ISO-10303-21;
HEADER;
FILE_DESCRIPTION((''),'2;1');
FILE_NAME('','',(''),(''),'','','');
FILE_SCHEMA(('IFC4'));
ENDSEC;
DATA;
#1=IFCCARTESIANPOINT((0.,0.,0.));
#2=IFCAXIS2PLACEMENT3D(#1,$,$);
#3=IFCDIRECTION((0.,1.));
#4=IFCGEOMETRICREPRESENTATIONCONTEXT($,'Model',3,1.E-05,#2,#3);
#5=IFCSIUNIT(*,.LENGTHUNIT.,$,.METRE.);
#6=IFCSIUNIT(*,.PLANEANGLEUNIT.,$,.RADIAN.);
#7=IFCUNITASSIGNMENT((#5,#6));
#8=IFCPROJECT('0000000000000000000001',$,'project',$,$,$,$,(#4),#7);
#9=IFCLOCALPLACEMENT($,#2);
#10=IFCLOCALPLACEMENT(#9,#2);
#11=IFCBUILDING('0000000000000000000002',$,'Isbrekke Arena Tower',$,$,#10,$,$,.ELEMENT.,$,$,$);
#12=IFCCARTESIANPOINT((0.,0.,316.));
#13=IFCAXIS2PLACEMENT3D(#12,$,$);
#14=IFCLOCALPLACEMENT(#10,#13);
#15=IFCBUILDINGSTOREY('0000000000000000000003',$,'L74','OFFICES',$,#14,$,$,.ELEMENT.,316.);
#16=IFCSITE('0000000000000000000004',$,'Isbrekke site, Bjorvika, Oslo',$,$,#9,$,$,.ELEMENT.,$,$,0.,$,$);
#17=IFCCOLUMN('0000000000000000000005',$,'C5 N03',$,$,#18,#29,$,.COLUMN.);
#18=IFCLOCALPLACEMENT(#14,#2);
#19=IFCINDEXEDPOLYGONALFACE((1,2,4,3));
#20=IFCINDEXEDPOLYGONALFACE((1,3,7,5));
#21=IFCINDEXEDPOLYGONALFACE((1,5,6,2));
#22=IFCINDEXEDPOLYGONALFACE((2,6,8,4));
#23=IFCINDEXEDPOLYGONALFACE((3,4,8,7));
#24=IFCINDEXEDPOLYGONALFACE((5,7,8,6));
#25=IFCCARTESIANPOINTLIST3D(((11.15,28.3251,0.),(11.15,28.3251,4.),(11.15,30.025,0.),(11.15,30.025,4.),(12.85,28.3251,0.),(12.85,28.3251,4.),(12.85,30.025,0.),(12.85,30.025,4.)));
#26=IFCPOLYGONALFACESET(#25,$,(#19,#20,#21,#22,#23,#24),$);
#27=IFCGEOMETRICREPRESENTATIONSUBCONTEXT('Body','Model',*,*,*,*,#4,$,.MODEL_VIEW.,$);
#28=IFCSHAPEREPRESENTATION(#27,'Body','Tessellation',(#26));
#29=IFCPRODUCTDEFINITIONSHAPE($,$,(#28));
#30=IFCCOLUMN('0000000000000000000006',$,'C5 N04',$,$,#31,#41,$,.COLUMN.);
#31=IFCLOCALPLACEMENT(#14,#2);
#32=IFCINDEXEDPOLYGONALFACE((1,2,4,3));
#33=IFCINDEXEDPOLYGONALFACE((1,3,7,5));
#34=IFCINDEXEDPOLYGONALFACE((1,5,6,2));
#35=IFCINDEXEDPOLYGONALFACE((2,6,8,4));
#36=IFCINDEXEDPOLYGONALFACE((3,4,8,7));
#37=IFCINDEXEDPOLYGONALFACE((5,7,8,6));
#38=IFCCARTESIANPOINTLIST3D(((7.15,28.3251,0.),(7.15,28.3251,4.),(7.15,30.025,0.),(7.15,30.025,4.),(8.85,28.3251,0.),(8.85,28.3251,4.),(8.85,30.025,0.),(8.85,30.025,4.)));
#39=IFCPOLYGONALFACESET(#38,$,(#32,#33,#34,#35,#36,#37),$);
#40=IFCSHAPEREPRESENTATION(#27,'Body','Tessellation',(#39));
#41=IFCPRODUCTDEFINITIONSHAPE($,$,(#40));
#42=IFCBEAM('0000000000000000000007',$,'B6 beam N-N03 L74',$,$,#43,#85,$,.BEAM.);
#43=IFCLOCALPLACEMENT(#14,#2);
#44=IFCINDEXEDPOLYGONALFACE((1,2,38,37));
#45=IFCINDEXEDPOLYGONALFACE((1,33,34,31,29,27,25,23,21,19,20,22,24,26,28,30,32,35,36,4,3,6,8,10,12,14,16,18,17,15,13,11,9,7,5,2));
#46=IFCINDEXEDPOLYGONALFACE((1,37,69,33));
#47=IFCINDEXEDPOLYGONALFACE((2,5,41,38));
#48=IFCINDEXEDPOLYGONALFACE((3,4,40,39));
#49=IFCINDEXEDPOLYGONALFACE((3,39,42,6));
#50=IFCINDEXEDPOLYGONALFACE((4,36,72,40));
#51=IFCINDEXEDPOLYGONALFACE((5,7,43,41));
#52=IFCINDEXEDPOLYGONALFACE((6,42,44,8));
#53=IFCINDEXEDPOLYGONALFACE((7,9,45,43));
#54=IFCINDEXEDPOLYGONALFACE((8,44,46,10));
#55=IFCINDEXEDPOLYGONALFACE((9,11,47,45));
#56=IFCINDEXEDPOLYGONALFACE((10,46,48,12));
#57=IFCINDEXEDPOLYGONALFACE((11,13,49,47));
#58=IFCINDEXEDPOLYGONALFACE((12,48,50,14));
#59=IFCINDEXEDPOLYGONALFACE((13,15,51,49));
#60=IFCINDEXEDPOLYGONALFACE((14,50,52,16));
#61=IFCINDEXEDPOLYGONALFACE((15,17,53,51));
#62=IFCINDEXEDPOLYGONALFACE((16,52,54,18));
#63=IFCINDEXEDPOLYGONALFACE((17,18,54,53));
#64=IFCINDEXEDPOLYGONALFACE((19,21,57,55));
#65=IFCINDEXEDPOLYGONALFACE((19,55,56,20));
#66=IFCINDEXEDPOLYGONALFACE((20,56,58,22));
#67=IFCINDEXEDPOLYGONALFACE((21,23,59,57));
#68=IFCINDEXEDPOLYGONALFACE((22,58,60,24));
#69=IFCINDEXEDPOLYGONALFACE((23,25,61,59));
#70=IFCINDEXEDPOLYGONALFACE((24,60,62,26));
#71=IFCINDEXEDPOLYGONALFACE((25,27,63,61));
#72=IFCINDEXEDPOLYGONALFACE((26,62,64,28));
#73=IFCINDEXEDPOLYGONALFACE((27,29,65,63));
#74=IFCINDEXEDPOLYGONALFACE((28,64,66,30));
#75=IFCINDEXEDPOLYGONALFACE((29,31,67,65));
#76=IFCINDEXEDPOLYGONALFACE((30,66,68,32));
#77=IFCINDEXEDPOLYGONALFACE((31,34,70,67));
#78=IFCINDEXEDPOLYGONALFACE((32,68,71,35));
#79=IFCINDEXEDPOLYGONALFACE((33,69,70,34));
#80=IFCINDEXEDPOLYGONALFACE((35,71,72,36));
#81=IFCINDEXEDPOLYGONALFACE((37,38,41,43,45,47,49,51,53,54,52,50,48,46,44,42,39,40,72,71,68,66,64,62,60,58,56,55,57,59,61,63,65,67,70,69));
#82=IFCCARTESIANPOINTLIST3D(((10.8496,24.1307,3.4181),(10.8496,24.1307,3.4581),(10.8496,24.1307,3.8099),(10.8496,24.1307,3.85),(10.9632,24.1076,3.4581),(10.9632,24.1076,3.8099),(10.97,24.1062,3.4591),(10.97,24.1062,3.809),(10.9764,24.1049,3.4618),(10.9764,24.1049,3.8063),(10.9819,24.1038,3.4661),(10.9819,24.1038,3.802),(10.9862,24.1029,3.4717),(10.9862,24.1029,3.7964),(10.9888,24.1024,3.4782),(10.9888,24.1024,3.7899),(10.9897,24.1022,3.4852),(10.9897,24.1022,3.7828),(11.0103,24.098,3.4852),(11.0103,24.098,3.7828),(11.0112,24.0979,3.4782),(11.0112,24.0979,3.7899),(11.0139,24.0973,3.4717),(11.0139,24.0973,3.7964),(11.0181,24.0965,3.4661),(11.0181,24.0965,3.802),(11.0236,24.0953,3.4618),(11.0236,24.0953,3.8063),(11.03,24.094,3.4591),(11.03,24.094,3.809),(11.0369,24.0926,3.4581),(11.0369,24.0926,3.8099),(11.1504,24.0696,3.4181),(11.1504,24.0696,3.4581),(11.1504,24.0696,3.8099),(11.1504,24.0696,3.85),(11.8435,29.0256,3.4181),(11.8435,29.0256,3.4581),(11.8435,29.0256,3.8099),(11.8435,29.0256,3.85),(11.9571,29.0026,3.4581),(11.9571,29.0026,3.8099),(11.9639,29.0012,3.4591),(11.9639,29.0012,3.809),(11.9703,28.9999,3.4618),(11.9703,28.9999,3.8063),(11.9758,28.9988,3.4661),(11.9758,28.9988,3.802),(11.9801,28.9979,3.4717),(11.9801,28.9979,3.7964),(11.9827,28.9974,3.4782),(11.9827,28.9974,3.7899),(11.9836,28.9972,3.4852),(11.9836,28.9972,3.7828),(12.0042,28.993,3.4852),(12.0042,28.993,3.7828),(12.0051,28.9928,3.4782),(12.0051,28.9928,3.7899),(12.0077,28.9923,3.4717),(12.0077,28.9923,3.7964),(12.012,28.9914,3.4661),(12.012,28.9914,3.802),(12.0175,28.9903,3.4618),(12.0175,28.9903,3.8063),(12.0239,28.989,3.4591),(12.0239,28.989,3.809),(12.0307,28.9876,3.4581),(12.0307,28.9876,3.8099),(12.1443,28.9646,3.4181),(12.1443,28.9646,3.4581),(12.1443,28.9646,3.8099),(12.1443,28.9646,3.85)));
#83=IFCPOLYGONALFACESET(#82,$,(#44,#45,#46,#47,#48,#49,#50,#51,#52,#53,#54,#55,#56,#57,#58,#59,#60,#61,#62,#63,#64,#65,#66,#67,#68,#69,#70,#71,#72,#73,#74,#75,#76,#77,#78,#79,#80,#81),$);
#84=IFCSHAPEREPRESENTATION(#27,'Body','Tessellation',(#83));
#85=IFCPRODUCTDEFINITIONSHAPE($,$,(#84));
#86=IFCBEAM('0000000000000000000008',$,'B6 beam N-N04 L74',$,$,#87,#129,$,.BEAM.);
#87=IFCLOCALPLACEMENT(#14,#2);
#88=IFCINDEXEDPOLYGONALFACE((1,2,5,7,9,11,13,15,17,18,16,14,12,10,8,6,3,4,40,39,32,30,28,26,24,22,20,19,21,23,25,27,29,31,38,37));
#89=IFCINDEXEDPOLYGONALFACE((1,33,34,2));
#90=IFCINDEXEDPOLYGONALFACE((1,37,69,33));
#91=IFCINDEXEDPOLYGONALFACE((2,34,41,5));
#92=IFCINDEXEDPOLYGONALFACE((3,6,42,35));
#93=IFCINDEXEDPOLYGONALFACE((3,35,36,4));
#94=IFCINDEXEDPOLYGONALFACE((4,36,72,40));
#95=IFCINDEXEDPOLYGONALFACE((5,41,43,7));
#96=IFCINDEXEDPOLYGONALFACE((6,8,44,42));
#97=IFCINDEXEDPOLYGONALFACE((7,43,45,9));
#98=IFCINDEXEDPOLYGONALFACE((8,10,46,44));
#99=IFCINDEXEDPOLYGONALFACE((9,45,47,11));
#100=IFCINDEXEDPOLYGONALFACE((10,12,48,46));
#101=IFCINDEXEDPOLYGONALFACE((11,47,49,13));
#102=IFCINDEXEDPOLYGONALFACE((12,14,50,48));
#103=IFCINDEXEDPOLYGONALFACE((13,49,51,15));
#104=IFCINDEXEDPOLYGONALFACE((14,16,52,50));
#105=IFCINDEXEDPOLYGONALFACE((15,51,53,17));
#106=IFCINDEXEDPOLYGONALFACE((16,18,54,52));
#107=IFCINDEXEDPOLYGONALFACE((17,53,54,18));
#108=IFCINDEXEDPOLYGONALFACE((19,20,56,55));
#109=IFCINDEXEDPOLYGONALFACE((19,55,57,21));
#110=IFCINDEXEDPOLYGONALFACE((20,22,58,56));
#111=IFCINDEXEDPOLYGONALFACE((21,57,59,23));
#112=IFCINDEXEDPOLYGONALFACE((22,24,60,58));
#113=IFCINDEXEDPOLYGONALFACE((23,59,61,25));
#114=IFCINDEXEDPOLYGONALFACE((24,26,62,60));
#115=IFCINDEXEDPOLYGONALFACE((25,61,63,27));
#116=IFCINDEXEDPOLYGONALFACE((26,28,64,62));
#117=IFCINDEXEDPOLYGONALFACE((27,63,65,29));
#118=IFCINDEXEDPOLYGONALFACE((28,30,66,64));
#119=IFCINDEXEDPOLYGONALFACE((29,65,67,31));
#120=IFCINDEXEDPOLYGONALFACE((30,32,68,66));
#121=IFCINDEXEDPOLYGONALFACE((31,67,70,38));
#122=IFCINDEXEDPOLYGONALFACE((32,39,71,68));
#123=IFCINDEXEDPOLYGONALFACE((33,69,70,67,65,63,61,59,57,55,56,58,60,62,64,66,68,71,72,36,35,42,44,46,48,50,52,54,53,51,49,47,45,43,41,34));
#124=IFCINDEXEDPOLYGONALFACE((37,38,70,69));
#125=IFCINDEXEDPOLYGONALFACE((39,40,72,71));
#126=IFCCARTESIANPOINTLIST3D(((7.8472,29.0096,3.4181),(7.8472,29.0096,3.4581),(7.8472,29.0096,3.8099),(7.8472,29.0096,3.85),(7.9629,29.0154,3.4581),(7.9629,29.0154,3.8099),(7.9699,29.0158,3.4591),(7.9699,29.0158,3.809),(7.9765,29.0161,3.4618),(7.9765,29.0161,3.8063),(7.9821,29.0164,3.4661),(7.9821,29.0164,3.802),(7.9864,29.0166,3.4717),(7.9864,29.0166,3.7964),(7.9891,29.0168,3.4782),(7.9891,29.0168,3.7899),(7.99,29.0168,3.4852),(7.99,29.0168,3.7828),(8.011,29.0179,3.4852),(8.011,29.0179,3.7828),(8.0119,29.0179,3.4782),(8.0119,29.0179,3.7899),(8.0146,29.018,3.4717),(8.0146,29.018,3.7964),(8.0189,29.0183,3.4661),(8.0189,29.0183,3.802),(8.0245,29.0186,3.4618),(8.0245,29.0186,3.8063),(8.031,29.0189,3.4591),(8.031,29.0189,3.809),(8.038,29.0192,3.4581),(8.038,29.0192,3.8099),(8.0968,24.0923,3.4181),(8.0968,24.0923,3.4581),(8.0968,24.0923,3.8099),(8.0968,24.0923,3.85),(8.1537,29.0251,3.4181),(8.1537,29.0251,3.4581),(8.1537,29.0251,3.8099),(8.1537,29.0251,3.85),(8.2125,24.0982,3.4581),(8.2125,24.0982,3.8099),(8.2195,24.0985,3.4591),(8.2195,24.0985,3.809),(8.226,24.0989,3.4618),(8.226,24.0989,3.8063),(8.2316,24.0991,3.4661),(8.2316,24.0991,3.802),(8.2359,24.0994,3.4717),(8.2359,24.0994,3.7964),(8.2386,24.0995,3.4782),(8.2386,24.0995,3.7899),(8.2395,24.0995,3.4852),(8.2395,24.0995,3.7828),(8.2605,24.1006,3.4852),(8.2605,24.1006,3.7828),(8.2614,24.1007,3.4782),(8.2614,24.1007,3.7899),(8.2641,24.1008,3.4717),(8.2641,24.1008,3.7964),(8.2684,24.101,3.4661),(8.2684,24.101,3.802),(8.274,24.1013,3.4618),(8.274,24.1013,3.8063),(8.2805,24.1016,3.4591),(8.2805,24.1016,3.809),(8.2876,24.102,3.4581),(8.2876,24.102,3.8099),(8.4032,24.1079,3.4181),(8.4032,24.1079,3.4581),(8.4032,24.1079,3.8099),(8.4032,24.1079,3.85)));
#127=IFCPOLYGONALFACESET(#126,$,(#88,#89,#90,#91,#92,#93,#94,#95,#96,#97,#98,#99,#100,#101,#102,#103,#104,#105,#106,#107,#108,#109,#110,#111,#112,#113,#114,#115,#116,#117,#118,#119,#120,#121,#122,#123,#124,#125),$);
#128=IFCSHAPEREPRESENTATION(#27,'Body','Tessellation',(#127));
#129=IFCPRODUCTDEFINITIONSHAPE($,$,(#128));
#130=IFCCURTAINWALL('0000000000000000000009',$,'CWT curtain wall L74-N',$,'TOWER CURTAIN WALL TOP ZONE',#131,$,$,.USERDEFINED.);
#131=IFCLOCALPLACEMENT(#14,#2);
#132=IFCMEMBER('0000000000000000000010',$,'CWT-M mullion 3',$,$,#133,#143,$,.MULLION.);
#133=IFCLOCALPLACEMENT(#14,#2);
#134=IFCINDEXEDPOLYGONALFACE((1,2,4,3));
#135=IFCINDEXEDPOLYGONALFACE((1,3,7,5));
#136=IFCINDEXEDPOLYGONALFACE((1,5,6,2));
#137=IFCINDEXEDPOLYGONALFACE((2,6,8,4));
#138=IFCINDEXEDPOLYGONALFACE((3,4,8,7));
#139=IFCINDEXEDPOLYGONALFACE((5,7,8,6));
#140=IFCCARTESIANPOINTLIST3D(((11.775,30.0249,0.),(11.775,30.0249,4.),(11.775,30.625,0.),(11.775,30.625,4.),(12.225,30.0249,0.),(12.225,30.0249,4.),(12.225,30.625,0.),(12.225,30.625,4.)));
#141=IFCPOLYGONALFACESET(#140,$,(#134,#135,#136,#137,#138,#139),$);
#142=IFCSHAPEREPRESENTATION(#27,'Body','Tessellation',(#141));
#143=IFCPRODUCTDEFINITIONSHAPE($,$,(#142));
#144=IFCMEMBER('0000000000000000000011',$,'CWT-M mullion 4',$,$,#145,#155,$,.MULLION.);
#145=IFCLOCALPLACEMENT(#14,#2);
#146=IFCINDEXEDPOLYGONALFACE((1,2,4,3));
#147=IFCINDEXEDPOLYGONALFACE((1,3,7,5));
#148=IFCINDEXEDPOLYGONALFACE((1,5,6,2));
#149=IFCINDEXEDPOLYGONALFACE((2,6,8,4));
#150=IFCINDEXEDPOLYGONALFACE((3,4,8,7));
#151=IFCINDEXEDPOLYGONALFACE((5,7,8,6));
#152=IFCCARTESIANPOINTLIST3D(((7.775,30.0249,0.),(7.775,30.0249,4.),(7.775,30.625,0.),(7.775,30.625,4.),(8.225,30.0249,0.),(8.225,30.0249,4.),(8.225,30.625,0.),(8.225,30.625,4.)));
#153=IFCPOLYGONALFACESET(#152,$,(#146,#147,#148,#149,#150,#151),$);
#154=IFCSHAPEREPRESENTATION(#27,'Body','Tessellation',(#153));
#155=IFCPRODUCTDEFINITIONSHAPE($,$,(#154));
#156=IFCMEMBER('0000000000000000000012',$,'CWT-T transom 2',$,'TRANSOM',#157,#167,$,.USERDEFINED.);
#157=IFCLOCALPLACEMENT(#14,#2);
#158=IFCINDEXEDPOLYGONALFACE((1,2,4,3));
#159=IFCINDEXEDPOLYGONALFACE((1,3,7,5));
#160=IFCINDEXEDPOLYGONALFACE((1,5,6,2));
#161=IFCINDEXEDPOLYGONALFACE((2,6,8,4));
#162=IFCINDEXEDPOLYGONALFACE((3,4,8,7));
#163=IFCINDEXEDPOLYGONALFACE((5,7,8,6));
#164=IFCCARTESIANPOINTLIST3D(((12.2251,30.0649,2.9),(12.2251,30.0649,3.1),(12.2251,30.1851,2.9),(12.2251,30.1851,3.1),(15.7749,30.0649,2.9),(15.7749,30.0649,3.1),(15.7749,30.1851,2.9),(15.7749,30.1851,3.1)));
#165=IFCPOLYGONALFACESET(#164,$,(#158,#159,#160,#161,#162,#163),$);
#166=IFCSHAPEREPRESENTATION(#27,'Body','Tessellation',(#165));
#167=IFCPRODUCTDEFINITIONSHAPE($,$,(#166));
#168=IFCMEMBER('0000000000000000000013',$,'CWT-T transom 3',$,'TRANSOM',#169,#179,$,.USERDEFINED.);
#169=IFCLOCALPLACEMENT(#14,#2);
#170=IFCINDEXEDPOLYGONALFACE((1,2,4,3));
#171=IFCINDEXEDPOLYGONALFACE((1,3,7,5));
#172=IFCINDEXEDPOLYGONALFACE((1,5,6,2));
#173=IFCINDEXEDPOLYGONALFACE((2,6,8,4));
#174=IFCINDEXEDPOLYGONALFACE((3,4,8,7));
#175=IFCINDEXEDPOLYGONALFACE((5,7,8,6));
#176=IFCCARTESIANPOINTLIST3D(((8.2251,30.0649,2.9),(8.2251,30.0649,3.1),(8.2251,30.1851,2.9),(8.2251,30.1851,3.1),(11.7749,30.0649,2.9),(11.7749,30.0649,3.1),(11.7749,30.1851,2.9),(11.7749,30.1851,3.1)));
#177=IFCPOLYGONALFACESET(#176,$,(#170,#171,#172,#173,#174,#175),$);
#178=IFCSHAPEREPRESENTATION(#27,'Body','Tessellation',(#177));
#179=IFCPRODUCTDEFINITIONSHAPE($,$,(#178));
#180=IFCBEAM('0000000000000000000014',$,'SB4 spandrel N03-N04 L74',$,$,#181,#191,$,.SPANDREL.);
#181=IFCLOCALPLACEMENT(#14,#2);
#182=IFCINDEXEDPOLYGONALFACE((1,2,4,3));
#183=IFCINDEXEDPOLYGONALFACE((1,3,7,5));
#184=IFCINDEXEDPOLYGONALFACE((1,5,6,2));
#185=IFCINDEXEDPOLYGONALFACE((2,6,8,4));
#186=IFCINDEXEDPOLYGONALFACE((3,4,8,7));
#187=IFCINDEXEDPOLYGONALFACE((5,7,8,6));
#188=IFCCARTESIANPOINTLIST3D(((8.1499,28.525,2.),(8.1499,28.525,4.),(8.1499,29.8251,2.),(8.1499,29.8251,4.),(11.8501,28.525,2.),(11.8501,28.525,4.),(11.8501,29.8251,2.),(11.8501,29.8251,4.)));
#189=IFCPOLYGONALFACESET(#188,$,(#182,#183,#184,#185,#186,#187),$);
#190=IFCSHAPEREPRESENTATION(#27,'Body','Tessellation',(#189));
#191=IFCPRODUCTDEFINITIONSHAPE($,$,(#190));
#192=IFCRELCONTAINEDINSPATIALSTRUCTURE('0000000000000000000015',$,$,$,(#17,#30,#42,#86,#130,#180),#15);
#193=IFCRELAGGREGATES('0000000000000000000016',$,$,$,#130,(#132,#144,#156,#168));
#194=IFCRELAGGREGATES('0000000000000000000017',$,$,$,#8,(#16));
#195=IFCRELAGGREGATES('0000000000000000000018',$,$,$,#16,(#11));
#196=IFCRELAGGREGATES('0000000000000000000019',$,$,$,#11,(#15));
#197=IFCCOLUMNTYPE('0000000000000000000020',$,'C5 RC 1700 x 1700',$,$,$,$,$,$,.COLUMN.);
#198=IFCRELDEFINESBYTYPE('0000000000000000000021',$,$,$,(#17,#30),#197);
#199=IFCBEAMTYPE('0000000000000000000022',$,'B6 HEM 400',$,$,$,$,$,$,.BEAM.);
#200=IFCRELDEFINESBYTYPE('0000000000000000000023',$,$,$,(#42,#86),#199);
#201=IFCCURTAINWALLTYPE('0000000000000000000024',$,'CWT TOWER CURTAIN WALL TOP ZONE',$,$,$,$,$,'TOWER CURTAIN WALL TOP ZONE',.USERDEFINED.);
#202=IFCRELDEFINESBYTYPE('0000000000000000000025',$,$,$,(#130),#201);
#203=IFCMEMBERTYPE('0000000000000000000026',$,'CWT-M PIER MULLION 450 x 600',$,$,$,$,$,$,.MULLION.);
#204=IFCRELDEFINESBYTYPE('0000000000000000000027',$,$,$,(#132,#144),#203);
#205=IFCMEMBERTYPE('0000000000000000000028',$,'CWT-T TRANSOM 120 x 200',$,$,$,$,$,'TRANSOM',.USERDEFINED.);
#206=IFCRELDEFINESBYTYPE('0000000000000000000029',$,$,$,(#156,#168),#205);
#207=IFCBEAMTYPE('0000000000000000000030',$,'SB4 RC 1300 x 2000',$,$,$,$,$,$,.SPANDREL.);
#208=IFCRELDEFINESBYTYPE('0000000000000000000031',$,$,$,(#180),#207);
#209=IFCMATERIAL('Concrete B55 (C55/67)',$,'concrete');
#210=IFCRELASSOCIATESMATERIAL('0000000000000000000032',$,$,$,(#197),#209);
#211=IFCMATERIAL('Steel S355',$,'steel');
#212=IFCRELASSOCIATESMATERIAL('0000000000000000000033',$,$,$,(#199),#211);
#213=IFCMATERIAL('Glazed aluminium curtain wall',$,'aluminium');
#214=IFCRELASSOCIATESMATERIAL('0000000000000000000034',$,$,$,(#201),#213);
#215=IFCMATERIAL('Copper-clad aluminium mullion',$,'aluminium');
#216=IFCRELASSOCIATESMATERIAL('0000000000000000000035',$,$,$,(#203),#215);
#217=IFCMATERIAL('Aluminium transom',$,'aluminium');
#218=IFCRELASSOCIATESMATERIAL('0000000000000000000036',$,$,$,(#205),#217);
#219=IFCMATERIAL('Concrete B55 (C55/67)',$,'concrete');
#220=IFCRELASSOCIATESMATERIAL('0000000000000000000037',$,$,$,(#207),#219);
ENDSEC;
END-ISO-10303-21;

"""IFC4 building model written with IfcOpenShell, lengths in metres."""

from ifc_helpers import new_model, si_unit, direction, frame, origin, origin_2d, place, context, subcontext, project, spatial, rectangle, i_section, extrude, material, material_profile, profile_set, type_object, element, aggregate, save


model = new_model("IFC4")

# Units and contexts
model_context = context("Model", 3, precision=1e-05, world=origin(), true_north=direction((0.0, 1.0)))
body_context = subcontext(model_context, "Body", "Model", "MODEL_VIEW")
ifc_project = project(units=[si_unit("LENGTHUNIT", "METRE"), si_unit("PLANEANGLEUNIT", "RADIAN")], contexts=[model_context])

# Site, building, storey
site_placement = place(None, origin())
site = spatial("IfcSite", under=ifc_project, at=site_placement, Name="Isbrekke site, Bjorvika, Oslo", CompositionType="ELEMENT", RefElevation=0.0)
building_placement = place(site_placement, origin())
building = spatial("IfcBuilding", under=site, at=building_placement, Name="Isbrekke Arena Tower", CompositionType="ELEMENT")
storey_placement = place(building_placement, frame((0.0, 0.0, 316.0)))
storey = spatial("IfcBuildingStorey", under=building, at=storey_placement, Name="L74", Description="OFFICES", CompositionType="ELEMENT", Elevation=316.0)

# Columns
ifc_material_1 = material(Name="Concrete B55 (C55/67)", Category="concrete")
ifc_material_profile_1 = material_profile(ifc_material_1, rectangle(XDim=1.7, YDim=1.7, at=origin_2d()), Name="RC 1700x1700")
ifc_profile_set_1 = profile_set([ifc_material_profile_1], Name="Concrete B55 (C55/67)")
column_type = type_object("IfcColumnType", Name="C5 RC 1700 x 1700", PredefinedType="COLUMN", material=ifc_profile_set_1)
for number, where, z_axis, x_axis, name in (
    (1, (12.0, 29.175, 0.0), (0.0, 0.0, 1.0), (-1.0, 0.0, 0.0), "C5 N03"),
    (2, (8.0, 29.175, 0.0), (0.0, 0.0, 1.0), (-1.0, 0.0, 0.0), "C5 N04"),
):
    element("IfcColumn", number, at=place(storey_placement, frame(where, z_axis=z_axis, x_axis=x_axis)), inside=storey, type_object=column_type, Name=name, PredefinedType="COLUMN", context=body_context, shape_type="SweptSolid", body=[
        extrude(rectangle(XDim=1.7, YDim=1.7, at=origin_2d()), origin(), (0.0, 0.0, 1.0), 4.0),
    ])

# Beams
ifc_material_2 = material(Name="Steel S355", Category="steel")
ifc_material_profile_2 = material_profile(ifc_material_2, i_section(OverallWidth=0.3069, OverallDepth=0.4319, WebThickness=0.021, FlangeThickness=0.04, FilletRadius=0.0271, at=origin_2d()), Name="HEM 400")
ifc_profile_set_2 = profile_set([ifc_material_profile_2], Name="Steel S355")
beam_type_1 = type_object("IfcBeamType", Name="B6 HEM 400", PredefinedType="BEAM", material=ifc_profile_set_2)
beam_1_placement = place(storey_placement, frame((11.9939, 28.9951, 3.634), z_axis=(-0.198982, -0.980003, 0.0), x_axis=(0.980003, -0.198982, 0.0)))
element("IfcBeam", 3, at=beam_1_placement, inside=storey, type_object=beam_type_1, Name="B6 beam N-N03 L74", PredefinedType="BEAM", context=body_context, shape_type="SweptSolid", body=[
    extrude(i_section(OverallWidth=0.3069, OverallDepth=0.4319, WebThickness=0.021, FlangeThickness=0.04, FilletRadius=0.0271, at=origin_2d()), origin(), (0.0, 0.0, 1.0), 4.9949),
])
beam_2_placement = place(storey_placement, frame((8.0005, 29.0173, 3.634), z_axis=(0.050677, -0.998715, 0.0), x_axis=(0.998715, 0.050677, 0.0)))
element("IfcBeam", 4, at=beam_2_placement, inside=storey, type_object=beam_type_1, Name="B6 beam N-N04 L74", PredefinedType="BEAM", context=body_context, shape_type="SweptSolid", body=[
    extrude(i_section(OverallWidth=0.3069, OverallDepth=0.4319, WebThickness=0.021, FlangeThickness=0.04, FilletRadius=0.0271, at=origin_2d()), origin(), (0.0, 0.0, 1.0), 4.9236),
])

# Curtain wall, members
ifc_material_3 = material(Name="Glazed aluminium curtain wall", Category="aluminium")
curtain_wall_type = type_object("IfcCurtainWallType", Name="CWT TOWER CURTAIN WALL TOP ZONE", ElementType="TOWER CURTAIN WALL TOP ZONE", PredefinedType="USERDEFINED", material=ifc_material_3)
curtain_wall_placement = place(storey_placement, origin())
curtain_wall = element("IfcCurtainWall", 5, at=curtain_wall_placement, inside=storey, type_object=curtain_wall_type, Name="CWT curtain wall L74-N", ObjectType="TOWER CURTAIN WALL TOP ZONE", PredefinedType="USERDEFINED")
ifc_material_4 = material(Name="Copper-clad aluminium mullion", Category="aluminium")
ifc_material_profile_3 = material_profile(ifc_material_4, rectangle(XDim=0.45, YDim=0.6001, at=origin_2d()), Name="PIER 450X600")
ifc_profile_set_3 = profile_set([ifc_material_profile_3], Name="Copper-clad aluminium mullion")
member_type_1 = type_object("IfcMemberType", Name="CWT-M PIER MULLION 450 x 600", PredefinedType="MULLION", material=ifc_profile_set_3)
member_1_placement = place(storey_placement, frame((12.0, 30.325, 0.0), z_axis=(0.0, 0.0, 1.0), x_axis=(-1.0, 0.0, 0.0)))
member_1 = element("IfcMember", 6, at=member_1_placement, type_object=member_type_1, Name="CWT-M mullion 3", PredefinedType="MULLION", context=body_context, shape_type="SweptSolid", body=[
    extrude(rectangle(XDim=0.45, YDim=0.6001, at=origin_2d()), origin(), (0.0, 0.0, 1.0), 4.0),
])
member_2_placement = place(storey_placement, frame((8.0, 30.325, 0.0), z_axis=(0.0, 0.0, 1.0), x_axis=(-1.0, 0.0, 0.0)))
member_2 = element("IfcMember", 7, at=member_2_placement, type_object=member_type_1, Name="CWT-M mullion 4", PredefinedType="MULLION", context=body_context, shape_type="SweptSolid", body=[
    extrude(rectangle(XDim=0.45, YDim=0.6001, at=origin_2d()), origin(), (0.0, 0.0, 1.0), 4.0),
])
ifc_material_5 = material(Name="Aluminium transom", Category="aluminium")
ifc_material_profile_4 = material_profile(ifc_material_5, rectangle(XDim=0.1201, YDim=0.2, at=origin_2d()), Name="TRANSOM 120X200")
ifc_profile_set_4 = profile_set([ifc_material_profile_4], Name="Aluminium transom")
member_type_2 = type_object("IfcMemberType", Name="CWT-T TRANSOM 120 x 200", ElementType="TRANSOM", PredefinedType="USERDEFINED", material=ifc_profile_set_4)
member_3_placement = place(storey_placement, frame((15.7749, 30.125, 3.0), z_axis=(-1.0, 0.0, 0.0), x_axis=(0.0, -1.0, 0.0)))
member_3 = element("IfcMember", 8, at=member_3_placement, type_object=member_type_2, Name="CWT-T transom 2", ObjectType="TRANSOM", PredefinedType="USERDEFINED", context=body_context, shape_type="SweptSolid", body=[
    extrude(rectangle(XDim=0.1201, YDim=0.2, at=origin_2d()), origin(), (0.0, 0.0, 1.0), 3.5498),
])
member_4_placement = place(storey_placement, frame((11.7749, 30.125, 3.0), z_axis=(-1.0, 0.0, 0.0), x_axis=(0.0, -1.0, 0.0)))
member_4 = element("IfcMember", 9, at=member_4_placement, type_object=member_type_2, Name="CWT-T transom 3", ObjectType="TRANSOM", PredefinedType="USERDEFINED", context=body_context, shape_type="SweptSolid", body=[
    extrude(rectangle(XDim=0.1201, YDim=0.2, at=origin_2d()), origin(), (0.0, 0.0, 1.0), 3.5498),
])

# Beam
ifc_material_6 = material(Name="Concrete B55 (C55/67)", Category="concrete")
ifc_material_profile_5 = material_profile(ifc_material_6, rectangle(XDim=1.3, YDim=2.0, at=origin_2d()), Name="RC 1300x2000")
ifc_profile_set_5 = profile_set([ifc_material_profile_5], Name="Concrete B55 (C55/67)")
beam_type_2 = type_object("IfcBeamType", Name="SB4 RC 1300 x 2000", PredefinedType="SPANDREL", material=ifc_profile_set_5)
beam_3_placement = place(storey_placement, frame((11.8501, 29.175, 3.0), z_axis=(-1.0, 0.0, 0.0), x_axis=(0.0, -1.0, 0.0)))
element("IfcBeam", 10, at=beam_3_placement, inside=storey, type_object=beam_type_2, Name="SB4 spandrel N03-N04 L74", PredefinedType="SPANDREL", context=body_context, shape_type="SweptSolid", body=[
    extrude(rectangle(XDim=1.3, YDim=2.0, at=origin_2d()), origin(), (0.0, 0.0, 1.0), 3.7002),
])

aggregate(curtain_wall, [member_1, member_2, member_3, member_4])

save(model, "model.ifc")
